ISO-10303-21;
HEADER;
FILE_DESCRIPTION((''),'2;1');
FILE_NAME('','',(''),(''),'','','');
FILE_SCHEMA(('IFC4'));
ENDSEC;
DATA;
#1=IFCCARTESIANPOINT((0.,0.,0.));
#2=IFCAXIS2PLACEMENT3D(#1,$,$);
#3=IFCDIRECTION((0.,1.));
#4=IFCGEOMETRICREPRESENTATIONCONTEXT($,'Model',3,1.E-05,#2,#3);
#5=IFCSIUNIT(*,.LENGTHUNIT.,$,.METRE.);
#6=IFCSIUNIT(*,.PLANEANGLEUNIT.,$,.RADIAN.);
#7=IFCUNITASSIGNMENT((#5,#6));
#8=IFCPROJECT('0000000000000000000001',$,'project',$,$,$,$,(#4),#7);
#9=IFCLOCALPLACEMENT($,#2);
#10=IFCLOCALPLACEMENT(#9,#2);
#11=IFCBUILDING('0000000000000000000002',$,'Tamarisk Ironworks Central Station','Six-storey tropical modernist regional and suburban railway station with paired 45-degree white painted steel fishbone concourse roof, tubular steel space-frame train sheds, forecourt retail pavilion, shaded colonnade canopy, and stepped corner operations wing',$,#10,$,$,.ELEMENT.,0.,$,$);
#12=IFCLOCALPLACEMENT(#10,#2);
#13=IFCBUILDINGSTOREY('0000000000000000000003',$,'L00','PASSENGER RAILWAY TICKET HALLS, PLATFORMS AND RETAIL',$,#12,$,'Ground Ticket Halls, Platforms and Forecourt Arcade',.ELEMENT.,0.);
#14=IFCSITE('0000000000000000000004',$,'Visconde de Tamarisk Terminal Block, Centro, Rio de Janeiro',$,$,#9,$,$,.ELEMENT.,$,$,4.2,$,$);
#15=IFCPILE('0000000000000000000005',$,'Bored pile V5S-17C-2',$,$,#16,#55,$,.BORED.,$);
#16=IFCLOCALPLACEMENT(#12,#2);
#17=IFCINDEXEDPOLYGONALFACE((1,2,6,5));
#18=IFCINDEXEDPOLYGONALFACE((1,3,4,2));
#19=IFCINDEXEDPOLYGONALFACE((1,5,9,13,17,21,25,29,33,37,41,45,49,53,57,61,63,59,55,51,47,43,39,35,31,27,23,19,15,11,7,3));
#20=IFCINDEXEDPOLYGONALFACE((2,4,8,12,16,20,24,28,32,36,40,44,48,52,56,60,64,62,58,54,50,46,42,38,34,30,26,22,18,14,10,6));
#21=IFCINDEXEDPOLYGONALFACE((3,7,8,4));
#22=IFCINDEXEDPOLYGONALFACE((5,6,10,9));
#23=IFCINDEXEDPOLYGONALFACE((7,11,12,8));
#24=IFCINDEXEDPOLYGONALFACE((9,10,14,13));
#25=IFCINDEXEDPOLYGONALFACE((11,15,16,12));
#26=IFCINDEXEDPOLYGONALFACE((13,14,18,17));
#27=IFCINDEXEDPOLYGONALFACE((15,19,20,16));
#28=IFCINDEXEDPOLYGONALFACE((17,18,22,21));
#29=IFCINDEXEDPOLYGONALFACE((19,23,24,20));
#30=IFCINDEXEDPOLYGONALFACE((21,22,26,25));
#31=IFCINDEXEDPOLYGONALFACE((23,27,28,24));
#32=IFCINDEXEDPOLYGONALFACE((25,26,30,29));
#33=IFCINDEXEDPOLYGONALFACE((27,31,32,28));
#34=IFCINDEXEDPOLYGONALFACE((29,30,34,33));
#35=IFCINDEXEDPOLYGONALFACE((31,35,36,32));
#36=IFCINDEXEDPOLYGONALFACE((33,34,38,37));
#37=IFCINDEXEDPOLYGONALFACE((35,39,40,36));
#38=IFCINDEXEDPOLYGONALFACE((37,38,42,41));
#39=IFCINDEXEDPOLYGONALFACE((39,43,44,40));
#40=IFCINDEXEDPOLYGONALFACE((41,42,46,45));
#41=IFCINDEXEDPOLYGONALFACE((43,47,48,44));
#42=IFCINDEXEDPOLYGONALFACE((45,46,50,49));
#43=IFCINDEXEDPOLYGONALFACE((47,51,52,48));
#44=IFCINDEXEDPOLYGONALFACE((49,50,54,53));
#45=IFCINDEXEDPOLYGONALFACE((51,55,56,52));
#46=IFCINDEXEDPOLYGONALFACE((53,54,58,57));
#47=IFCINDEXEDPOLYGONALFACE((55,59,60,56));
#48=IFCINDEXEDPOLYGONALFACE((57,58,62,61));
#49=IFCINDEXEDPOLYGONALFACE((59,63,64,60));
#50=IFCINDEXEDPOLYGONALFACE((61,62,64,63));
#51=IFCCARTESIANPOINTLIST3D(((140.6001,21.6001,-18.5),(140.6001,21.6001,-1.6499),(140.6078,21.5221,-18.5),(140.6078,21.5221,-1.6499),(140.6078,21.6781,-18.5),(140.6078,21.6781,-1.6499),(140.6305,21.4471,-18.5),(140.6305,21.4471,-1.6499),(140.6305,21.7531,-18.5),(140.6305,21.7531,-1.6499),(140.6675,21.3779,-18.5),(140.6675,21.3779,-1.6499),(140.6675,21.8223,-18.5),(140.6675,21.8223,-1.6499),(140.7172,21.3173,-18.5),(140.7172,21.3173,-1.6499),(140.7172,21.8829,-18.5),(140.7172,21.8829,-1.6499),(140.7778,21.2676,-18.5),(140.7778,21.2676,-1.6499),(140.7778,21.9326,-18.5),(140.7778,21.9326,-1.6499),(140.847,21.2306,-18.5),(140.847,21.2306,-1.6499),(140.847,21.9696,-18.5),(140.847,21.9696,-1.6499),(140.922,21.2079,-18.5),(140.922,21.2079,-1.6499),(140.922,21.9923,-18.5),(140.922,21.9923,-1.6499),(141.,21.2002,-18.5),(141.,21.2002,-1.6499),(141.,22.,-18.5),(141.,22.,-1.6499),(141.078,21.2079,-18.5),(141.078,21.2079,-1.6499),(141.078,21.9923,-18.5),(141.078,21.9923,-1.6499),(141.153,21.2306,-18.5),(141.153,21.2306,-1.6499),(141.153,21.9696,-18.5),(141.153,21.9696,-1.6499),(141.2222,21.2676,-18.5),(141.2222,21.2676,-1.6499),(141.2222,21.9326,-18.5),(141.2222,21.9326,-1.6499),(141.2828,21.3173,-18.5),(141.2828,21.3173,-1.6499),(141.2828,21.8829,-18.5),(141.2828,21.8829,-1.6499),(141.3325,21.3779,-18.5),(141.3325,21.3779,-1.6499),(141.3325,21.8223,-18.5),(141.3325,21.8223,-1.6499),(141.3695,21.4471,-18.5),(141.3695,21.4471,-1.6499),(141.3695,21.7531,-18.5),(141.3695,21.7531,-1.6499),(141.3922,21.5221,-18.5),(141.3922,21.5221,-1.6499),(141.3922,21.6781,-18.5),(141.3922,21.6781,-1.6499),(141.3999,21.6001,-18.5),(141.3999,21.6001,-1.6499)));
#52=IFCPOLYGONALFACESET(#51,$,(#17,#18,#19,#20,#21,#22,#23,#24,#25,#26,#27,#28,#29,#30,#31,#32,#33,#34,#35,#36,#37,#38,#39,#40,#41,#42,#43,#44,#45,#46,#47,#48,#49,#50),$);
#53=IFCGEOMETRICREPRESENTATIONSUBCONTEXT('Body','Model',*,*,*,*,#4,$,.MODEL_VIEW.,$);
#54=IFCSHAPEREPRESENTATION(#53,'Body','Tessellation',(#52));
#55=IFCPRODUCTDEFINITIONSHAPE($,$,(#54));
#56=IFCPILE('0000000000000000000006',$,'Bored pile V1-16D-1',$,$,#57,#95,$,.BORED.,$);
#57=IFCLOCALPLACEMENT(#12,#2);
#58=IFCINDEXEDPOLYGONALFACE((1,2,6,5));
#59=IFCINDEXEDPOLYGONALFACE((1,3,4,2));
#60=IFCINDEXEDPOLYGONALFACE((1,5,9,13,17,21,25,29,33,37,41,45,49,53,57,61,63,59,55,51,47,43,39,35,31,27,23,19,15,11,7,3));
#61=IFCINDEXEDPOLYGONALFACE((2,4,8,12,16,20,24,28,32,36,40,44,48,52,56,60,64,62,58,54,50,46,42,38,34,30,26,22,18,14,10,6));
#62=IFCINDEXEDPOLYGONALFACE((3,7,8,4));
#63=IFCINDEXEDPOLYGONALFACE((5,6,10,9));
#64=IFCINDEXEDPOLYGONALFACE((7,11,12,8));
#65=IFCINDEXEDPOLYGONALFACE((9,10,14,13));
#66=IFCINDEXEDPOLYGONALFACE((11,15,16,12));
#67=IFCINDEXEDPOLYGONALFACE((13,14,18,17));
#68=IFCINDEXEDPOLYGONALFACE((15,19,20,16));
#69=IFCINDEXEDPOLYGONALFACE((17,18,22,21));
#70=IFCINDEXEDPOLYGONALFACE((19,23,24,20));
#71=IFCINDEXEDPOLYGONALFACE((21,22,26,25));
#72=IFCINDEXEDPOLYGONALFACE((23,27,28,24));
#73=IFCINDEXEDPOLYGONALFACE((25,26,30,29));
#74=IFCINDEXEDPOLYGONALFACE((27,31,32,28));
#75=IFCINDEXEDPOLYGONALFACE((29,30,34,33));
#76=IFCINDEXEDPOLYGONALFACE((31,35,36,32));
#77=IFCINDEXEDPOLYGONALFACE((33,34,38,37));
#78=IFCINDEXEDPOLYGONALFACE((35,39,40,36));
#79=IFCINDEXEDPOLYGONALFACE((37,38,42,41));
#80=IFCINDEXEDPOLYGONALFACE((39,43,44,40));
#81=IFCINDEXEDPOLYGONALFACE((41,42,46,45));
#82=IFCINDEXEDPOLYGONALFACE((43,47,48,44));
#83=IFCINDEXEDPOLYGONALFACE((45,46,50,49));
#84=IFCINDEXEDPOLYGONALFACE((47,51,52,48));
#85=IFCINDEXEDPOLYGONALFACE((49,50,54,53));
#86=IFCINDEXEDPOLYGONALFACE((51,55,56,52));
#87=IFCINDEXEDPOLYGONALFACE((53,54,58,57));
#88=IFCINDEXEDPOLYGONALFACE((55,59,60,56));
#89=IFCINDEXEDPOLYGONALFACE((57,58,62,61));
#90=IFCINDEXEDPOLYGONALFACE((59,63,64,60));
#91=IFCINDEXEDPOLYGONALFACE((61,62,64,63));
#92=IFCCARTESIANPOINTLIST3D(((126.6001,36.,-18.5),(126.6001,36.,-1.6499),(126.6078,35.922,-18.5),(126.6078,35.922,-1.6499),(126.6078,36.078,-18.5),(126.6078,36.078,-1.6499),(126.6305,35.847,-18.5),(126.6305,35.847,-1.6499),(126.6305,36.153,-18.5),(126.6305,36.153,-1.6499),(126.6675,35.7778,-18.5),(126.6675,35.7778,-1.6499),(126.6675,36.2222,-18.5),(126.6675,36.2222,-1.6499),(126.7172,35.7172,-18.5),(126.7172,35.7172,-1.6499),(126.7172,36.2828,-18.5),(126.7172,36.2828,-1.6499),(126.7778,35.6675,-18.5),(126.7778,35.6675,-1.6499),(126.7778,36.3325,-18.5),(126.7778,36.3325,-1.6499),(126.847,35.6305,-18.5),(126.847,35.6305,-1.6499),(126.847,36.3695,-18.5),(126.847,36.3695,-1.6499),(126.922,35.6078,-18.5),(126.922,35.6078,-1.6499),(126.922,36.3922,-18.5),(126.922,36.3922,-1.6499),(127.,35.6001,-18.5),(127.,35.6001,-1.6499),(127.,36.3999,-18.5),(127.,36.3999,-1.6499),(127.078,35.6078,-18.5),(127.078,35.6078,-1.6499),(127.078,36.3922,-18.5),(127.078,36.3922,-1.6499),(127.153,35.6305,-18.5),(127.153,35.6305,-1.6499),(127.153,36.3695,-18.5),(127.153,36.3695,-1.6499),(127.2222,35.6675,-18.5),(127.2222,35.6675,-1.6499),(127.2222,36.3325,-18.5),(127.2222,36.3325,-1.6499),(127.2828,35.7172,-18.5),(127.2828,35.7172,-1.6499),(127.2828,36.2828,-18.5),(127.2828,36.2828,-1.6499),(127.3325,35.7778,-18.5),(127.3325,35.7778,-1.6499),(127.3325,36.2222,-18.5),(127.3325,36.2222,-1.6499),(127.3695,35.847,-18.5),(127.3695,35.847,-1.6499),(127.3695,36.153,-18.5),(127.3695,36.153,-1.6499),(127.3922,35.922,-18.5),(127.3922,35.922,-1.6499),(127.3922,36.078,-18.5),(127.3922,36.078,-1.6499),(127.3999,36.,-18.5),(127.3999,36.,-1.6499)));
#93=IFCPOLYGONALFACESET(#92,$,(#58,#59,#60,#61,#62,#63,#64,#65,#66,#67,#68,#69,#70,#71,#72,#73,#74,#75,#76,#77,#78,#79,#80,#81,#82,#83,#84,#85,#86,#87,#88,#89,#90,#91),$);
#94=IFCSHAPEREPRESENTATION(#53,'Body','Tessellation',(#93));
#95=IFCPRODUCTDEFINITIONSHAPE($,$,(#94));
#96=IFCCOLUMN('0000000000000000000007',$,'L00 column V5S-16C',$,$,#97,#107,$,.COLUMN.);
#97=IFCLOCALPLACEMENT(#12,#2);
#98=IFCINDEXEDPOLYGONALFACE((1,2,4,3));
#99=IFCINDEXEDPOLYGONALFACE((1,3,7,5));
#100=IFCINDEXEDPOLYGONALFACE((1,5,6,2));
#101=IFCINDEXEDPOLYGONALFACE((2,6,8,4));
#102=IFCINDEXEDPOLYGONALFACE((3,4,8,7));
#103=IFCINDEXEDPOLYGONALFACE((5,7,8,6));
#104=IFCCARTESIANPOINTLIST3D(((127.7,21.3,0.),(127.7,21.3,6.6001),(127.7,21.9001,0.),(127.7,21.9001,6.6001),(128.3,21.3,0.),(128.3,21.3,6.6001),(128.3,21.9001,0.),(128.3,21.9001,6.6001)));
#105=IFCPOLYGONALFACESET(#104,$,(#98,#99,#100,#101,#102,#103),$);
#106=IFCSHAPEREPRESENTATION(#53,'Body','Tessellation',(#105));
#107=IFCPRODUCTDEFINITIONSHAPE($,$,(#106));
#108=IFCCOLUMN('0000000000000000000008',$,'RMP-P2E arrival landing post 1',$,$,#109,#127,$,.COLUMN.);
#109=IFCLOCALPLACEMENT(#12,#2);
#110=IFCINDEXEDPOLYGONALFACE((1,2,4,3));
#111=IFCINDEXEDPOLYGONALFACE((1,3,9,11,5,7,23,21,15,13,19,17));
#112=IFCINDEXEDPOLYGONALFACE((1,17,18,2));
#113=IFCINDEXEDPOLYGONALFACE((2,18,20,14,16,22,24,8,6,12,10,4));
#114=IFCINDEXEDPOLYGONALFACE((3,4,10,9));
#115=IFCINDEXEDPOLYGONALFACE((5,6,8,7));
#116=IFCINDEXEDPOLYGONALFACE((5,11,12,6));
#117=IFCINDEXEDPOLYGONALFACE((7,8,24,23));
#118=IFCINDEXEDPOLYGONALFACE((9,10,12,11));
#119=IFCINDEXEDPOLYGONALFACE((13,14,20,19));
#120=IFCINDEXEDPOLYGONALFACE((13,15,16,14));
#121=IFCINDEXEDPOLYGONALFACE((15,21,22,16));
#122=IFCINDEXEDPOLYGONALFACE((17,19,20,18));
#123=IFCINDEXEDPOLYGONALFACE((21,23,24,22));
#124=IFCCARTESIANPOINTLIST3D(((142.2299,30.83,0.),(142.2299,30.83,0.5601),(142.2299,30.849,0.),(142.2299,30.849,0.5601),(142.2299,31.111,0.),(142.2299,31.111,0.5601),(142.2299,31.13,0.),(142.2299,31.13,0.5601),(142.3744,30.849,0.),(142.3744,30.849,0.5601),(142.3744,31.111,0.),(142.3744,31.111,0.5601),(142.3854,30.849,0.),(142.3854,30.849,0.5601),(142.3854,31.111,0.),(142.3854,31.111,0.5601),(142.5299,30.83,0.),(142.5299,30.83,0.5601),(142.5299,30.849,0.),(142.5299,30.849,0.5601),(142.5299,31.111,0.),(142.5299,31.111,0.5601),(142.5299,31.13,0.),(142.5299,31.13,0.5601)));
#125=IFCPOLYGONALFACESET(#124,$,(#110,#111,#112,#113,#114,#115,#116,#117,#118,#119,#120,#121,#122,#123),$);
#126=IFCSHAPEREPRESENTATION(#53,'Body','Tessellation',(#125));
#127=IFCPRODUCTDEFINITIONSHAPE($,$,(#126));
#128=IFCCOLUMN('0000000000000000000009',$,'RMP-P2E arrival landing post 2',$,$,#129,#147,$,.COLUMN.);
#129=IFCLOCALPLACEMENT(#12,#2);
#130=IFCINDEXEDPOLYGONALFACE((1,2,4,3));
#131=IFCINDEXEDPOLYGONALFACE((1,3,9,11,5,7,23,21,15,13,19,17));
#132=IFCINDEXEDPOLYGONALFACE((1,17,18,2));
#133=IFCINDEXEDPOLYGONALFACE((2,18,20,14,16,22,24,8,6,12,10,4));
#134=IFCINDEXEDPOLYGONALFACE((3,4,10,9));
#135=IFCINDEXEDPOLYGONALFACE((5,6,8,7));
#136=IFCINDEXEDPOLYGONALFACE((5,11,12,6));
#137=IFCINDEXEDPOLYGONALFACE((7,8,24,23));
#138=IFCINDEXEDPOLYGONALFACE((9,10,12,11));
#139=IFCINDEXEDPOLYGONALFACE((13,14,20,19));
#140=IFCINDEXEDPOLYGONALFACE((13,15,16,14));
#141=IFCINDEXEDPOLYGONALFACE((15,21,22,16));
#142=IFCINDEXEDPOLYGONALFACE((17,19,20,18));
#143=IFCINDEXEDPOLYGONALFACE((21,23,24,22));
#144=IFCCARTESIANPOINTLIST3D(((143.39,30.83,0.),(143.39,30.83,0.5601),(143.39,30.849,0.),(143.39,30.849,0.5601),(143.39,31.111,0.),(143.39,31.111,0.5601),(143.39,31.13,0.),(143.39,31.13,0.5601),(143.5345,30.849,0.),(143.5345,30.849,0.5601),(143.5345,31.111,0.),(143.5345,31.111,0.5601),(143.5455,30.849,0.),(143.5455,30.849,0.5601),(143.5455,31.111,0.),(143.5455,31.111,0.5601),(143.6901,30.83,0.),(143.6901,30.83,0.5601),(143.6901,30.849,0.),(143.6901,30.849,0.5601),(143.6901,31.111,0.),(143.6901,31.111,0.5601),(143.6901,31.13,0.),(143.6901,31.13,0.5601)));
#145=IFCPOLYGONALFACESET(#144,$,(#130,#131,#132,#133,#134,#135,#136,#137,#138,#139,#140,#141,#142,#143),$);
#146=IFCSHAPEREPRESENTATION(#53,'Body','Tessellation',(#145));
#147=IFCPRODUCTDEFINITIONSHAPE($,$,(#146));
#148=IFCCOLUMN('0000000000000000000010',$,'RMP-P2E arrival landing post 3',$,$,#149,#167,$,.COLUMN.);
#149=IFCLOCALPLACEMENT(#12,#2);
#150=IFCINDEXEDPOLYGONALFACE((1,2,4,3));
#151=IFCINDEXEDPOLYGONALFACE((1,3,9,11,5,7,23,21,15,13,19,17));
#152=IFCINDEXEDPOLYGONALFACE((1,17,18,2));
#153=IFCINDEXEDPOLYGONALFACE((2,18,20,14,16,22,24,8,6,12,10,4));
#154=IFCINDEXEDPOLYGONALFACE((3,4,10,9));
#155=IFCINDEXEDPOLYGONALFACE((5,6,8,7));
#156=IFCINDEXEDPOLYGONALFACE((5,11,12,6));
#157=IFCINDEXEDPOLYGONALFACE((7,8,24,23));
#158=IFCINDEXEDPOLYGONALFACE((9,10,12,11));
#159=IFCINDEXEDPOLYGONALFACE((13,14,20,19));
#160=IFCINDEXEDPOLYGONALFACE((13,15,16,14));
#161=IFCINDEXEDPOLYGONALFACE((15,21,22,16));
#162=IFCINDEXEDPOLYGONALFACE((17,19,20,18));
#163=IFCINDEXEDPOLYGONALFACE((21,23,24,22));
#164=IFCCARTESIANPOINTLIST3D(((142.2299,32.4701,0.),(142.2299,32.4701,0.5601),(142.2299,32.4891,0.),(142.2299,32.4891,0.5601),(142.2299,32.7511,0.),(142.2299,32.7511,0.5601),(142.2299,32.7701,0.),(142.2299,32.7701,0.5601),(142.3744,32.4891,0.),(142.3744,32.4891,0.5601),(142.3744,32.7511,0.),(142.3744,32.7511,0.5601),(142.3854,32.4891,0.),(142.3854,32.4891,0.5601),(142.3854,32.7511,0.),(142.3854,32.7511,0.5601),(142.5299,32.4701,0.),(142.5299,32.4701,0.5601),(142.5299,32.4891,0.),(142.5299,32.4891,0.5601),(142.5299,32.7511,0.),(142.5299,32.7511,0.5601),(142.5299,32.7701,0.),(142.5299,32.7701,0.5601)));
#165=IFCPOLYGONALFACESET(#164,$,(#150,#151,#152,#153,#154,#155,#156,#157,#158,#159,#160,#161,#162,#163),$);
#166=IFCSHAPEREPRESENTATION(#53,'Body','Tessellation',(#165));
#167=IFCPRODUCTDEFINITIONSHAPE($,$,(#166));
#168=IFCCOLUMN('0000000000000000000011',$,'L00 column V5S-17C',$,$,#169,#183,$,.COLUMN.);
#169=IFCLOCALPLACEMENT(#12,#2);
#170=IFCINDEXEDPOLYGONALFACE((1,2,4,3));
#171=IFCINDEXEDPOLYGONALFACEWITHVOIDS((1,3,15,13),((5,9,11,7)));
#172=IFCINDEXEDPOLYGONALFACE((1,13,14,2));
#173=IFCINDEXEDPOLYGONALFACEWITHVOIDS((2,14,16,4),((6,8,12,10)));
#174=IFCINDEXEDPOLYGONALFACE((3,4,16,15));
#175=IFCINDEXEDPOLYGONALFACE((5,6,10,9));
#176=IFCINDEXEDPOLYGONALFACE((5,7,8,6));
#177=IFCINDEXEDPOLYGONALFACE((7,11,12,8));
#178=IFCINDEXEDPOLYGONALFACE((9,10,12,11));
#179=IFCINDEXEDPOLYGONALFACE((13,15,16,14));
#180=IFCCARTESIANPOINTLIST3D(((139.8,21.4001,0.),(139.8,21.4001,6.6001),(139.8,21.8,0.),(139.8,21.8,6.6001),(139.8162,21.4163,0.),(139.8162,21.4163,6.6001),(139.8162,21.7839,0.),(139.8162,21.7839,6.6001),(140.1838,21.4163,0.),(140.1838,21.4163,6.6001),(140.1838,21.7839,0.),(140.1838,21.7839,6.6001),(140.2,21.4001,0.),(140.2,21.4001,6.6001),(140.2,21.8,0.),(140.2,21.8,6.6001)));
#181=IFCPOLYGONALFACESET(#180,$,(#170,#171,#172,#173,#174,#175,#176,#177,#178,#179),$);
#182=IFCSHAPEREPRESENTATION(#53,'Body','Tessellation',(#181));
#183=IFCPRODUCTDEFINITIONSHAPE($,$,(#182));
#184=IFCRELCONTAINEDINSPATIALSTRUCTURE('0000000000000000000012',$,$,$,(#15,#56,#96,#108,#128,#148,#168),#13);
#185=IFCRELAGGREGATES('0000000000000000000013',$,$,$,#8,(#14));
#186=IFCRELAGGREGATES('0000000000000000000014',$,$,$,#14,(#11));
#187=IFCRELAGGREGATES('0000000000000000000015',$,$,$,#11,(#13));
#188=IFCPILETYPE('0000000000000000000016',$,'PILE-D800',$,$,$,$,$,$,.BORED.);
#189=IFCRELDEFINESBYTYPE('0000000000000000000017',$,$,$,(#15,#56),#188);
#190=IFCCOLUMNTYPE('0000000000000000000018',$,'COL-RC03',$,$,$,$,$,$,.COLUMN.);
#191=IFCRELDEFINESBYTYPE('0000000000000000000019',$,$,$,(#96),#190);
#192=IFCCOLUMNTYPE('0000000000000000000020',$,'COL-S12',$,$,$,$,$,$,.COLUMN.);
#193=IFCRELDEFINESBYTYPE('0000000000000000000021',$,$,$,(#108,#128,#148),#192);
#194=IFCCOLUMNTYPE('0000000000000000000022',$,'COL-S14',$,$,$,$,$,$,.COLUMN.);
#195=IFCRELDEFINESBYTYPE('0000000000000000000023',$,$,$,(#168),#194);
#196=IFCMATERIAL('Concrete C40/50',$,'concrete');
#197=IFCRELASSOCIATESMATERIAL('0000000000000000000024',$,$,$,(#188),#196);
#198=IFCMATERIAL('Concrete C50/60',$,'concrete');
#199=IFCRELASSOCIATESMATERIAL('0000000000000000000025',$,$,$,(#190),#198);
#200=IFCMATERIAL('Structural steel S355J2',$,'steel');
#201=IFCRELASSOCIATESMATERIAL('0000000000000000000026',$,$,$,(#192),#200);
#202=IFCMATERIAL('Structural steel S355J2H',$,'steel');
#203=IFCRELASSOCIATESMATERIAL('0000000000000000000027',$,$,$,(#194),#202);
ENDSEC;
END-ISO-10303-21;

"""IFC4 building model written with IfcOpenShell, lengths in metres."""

from ifc_helpers import new_model, si_unit, direction, frame, origin, origin_2d, place, context, subcontext, project, spatial, rectangle, hollow_rectangle, circle, i_section, extrude, material, material_profile, profile_set, type_object, element, save


model = new_model("IFC4")

# Units and contexts
model_context = context("Model", 3, precision=1e-05, world=origin(), true_north=direction((0.0, 1.0)))
body_context = subcontext(model_context, "Body", "Model", "MODEL_VIEW")
ifc_project = project(units=[si_unit("LENGTHUNIT", "METRE"), si_unit("PLANEANGLEUNIT", "RADIAN")], contexts=[model_context])

# Site, building, storey
site_placement = place(None, origin())
site = spatial("IfcSite", under=ifc_project, at=site_placement, Name="Visconde de Tamarisk Terminal Block, Centro, Rio de Janeiro", CompositionType="ELEMENT", RefElevation=4.2)
building_placement = place(site_placement, origin())
building = spatial("IfcBuilding", under=site, at=building_placement, Name="Tamarisk Ironworks Central Station", Description="Six-storey tropical modernist regional and suburban railway station with paired 45-degree white painted steel fishbone concourse roof, tubular steel space-frame train sheds, forecourt retail pavilion, shaded colonnade canopy, and stepped corner operations wing", CompositionType="ELEMENT", ElevationOfRefHeight=0.0)
storey_placement = place(building_placement, origin())
storey = spatial("IfcBuildingStorey", under=building, at=storey_placement, Name="L00", Description="PASSENGER RAILWAY TICKET HALLS, PLATFORMS AND RETAIL", LongName="Ground Ticket Halls, Platforms and Forecourt Arcade", CompositionType="ELEMENT", Elevation=0.0)

# Shared definitions
ifc_material_1 = material(Name="Concrete C40/50", Category="concrete")

# Piles
ifc_material_profile_1 = material_profile(ifc_material_1, circle(Radius=0.3999, at=origin_2d()), Name="BORED PILE D800")
ifc_profile_set_1 = profile_set([ifc_material_profile_1], Name="Concrete C40/50")
pile_type = type_object("IfcPileType", Name="PILE-D800", PredefinedType="BORED", material=ifc_profile_set_1)
for number, where, z_axis, x_axis, name in (
    (1, (141.0, 21.6001, -1.6499), (0.0, 0.0, -1.0), (1.0, 0.0, 0.0), "Bored pile V5S-17C-2"),
    (2, (127.0, 36.0, -1.6499), (0.0, 0.0, -1.0), (1.0, 0.0, 0.0), "Bored pile V1-16D-1"),
):
    element("IfcPile", number, at=place(storey_placement, frame(where, z_axis=z_axis, x_axis=x_axis)), inside=storey, type_object=pile_type, Name=name, PredefinedType="BORED", context=body_context, shape_type="SweptSolid", body=[
        extrude(circle(Radius=0.3999, at=origin_2d()), origin(), (0.0, 0.0, 1.0), 16.8501),
    ])

# Columns
ifc_material_2 = material(Name="Concrete C50/60", Category="concrete")
ifc_material_profile_2 = material_profile(ifc_material_2, rectangle(XDim=0.6001, YDim=0.6001, at=origin_2d()), Name="RC 600x600")
ifc_profile_set_2 = profile_set([ifc_material_profile_2], Name="Concrete C50/60")
column_type_1 = type_object("IfcColumnType", Name="COL-RC03", PredefinedType="COLUMN", material=ifc_profile_set_2)
column_1_placement = place(storey_placement, frame((128.0, 21.6001, 0.0), z_axis=(0.0, 0.0, 1.0), x_axis=(1.0, 0.0, 0.0)))
element("IfcColumn", 3, at=column_1_placement, inside=storey, type_object=column_type_1, Name="L00 column V5S-16C", PredefinedType="COLUMN", context=body_context, shape_type="SweptSolid", body=[
    extrude(rectangle(XDim=0.6001, YDim=0.6001, at=origin_2d()), origin(), (0.0, 0.0, 1.0), 6.6001),
])
ifc_material_3 = material(Name="Structural steel S355J2", Category="steel")
ifc_material_profile_3 = material_profile(ifc_material_3, i_section(OverallWidth=0.3, OverallDepth=0.3, WebThickness=0.011, FlangeThickness=0.019, at=origin_2d()), Name="HEB 300")
ifc_profile_set_3 = profile_set([ifc_material_profile_3], Name="Structural steel S355J2")
column_type_2 = type_object("IfcColumnType", Name="COL-S12", PredefinedType="COLUMN", material=ifc_profile_set_3)
for number, where, z_axis, x_axis, name in (
    (4, (142.3799, 30.98, 0.0), (0.0, 0.0, 1.0), (1.0, 0.0, 0.0), "RMP-P2E arrival landing post 1"),
    (5, (143.54, 30.98, 0.0), (0.0, 0.0, 1.0), (1.0, 0.0, 0.0), "RMP-P2E arrival landing post 2"),
    (6, (142.3799, 32.6201, 0.0), (0.0, 0.0, 1.0), (1.0, 0.0, 0.0), "RMP-P2E arrival landing post 3"),
):
    element("IfcColumn", number, at=place(storey_placement, frame(where, z_axis=z_axis, x_axis=x_axis)), inside=storey, type_object=column_type_2, Name=name, PredefinedType="COLUMN", context=body_context, shape_type="SweptSolid", body=[
        extrude(i_section(OverallWidth=0.3, OverallDepth=0.3, WebThickness=0.011, FlangeThickness=0.019, at=origin_2d()), origin(), (0.0, 0.0, 1.0), 0.5601),
    ])
ifc_material_4 = material(Name="Structural steel S355J2H", Category="steel")
ifc_material_profile_4 = material_profile(ifc_material_4, hollow_rectangle(XDim=0.3999, YDim=0.3999, WallThickness=0.0161, at=origin_2d()), Name="SHS 400x400x16")
ifc_profile_set_4 = profile_set([ifc_material_profile_4], Name="Structural steel S355J2H")
column_type_3 = type_object("IfcColumnType", Name="COL-S14", PredefinedType="COLUMN", material=ifc_profile_set_4)
column_2_placement = place(storey_placement, frame((140.0, 21.6001, 0.0), z_axis=(0.0, 0.0, 1.0), x_axis=(1.0, 0.0, 0.0)))
element("IfcColumn", 7, at=column_2_placement, inside=storey, type_object=column_type_3, Name="L00 column V5S-17C", PredefinedType="COLUMN", context=body_context, shape_type="SweptSolid", body=[
    extrude(hollow_rectangle(XDim=0.3999, YDim=0.3999, WallThickness=0.0161, at=origin_2d()), origin(), (0.0, 0.0, 1.0), 6.6001),
])

save(model, "model.ifc")
